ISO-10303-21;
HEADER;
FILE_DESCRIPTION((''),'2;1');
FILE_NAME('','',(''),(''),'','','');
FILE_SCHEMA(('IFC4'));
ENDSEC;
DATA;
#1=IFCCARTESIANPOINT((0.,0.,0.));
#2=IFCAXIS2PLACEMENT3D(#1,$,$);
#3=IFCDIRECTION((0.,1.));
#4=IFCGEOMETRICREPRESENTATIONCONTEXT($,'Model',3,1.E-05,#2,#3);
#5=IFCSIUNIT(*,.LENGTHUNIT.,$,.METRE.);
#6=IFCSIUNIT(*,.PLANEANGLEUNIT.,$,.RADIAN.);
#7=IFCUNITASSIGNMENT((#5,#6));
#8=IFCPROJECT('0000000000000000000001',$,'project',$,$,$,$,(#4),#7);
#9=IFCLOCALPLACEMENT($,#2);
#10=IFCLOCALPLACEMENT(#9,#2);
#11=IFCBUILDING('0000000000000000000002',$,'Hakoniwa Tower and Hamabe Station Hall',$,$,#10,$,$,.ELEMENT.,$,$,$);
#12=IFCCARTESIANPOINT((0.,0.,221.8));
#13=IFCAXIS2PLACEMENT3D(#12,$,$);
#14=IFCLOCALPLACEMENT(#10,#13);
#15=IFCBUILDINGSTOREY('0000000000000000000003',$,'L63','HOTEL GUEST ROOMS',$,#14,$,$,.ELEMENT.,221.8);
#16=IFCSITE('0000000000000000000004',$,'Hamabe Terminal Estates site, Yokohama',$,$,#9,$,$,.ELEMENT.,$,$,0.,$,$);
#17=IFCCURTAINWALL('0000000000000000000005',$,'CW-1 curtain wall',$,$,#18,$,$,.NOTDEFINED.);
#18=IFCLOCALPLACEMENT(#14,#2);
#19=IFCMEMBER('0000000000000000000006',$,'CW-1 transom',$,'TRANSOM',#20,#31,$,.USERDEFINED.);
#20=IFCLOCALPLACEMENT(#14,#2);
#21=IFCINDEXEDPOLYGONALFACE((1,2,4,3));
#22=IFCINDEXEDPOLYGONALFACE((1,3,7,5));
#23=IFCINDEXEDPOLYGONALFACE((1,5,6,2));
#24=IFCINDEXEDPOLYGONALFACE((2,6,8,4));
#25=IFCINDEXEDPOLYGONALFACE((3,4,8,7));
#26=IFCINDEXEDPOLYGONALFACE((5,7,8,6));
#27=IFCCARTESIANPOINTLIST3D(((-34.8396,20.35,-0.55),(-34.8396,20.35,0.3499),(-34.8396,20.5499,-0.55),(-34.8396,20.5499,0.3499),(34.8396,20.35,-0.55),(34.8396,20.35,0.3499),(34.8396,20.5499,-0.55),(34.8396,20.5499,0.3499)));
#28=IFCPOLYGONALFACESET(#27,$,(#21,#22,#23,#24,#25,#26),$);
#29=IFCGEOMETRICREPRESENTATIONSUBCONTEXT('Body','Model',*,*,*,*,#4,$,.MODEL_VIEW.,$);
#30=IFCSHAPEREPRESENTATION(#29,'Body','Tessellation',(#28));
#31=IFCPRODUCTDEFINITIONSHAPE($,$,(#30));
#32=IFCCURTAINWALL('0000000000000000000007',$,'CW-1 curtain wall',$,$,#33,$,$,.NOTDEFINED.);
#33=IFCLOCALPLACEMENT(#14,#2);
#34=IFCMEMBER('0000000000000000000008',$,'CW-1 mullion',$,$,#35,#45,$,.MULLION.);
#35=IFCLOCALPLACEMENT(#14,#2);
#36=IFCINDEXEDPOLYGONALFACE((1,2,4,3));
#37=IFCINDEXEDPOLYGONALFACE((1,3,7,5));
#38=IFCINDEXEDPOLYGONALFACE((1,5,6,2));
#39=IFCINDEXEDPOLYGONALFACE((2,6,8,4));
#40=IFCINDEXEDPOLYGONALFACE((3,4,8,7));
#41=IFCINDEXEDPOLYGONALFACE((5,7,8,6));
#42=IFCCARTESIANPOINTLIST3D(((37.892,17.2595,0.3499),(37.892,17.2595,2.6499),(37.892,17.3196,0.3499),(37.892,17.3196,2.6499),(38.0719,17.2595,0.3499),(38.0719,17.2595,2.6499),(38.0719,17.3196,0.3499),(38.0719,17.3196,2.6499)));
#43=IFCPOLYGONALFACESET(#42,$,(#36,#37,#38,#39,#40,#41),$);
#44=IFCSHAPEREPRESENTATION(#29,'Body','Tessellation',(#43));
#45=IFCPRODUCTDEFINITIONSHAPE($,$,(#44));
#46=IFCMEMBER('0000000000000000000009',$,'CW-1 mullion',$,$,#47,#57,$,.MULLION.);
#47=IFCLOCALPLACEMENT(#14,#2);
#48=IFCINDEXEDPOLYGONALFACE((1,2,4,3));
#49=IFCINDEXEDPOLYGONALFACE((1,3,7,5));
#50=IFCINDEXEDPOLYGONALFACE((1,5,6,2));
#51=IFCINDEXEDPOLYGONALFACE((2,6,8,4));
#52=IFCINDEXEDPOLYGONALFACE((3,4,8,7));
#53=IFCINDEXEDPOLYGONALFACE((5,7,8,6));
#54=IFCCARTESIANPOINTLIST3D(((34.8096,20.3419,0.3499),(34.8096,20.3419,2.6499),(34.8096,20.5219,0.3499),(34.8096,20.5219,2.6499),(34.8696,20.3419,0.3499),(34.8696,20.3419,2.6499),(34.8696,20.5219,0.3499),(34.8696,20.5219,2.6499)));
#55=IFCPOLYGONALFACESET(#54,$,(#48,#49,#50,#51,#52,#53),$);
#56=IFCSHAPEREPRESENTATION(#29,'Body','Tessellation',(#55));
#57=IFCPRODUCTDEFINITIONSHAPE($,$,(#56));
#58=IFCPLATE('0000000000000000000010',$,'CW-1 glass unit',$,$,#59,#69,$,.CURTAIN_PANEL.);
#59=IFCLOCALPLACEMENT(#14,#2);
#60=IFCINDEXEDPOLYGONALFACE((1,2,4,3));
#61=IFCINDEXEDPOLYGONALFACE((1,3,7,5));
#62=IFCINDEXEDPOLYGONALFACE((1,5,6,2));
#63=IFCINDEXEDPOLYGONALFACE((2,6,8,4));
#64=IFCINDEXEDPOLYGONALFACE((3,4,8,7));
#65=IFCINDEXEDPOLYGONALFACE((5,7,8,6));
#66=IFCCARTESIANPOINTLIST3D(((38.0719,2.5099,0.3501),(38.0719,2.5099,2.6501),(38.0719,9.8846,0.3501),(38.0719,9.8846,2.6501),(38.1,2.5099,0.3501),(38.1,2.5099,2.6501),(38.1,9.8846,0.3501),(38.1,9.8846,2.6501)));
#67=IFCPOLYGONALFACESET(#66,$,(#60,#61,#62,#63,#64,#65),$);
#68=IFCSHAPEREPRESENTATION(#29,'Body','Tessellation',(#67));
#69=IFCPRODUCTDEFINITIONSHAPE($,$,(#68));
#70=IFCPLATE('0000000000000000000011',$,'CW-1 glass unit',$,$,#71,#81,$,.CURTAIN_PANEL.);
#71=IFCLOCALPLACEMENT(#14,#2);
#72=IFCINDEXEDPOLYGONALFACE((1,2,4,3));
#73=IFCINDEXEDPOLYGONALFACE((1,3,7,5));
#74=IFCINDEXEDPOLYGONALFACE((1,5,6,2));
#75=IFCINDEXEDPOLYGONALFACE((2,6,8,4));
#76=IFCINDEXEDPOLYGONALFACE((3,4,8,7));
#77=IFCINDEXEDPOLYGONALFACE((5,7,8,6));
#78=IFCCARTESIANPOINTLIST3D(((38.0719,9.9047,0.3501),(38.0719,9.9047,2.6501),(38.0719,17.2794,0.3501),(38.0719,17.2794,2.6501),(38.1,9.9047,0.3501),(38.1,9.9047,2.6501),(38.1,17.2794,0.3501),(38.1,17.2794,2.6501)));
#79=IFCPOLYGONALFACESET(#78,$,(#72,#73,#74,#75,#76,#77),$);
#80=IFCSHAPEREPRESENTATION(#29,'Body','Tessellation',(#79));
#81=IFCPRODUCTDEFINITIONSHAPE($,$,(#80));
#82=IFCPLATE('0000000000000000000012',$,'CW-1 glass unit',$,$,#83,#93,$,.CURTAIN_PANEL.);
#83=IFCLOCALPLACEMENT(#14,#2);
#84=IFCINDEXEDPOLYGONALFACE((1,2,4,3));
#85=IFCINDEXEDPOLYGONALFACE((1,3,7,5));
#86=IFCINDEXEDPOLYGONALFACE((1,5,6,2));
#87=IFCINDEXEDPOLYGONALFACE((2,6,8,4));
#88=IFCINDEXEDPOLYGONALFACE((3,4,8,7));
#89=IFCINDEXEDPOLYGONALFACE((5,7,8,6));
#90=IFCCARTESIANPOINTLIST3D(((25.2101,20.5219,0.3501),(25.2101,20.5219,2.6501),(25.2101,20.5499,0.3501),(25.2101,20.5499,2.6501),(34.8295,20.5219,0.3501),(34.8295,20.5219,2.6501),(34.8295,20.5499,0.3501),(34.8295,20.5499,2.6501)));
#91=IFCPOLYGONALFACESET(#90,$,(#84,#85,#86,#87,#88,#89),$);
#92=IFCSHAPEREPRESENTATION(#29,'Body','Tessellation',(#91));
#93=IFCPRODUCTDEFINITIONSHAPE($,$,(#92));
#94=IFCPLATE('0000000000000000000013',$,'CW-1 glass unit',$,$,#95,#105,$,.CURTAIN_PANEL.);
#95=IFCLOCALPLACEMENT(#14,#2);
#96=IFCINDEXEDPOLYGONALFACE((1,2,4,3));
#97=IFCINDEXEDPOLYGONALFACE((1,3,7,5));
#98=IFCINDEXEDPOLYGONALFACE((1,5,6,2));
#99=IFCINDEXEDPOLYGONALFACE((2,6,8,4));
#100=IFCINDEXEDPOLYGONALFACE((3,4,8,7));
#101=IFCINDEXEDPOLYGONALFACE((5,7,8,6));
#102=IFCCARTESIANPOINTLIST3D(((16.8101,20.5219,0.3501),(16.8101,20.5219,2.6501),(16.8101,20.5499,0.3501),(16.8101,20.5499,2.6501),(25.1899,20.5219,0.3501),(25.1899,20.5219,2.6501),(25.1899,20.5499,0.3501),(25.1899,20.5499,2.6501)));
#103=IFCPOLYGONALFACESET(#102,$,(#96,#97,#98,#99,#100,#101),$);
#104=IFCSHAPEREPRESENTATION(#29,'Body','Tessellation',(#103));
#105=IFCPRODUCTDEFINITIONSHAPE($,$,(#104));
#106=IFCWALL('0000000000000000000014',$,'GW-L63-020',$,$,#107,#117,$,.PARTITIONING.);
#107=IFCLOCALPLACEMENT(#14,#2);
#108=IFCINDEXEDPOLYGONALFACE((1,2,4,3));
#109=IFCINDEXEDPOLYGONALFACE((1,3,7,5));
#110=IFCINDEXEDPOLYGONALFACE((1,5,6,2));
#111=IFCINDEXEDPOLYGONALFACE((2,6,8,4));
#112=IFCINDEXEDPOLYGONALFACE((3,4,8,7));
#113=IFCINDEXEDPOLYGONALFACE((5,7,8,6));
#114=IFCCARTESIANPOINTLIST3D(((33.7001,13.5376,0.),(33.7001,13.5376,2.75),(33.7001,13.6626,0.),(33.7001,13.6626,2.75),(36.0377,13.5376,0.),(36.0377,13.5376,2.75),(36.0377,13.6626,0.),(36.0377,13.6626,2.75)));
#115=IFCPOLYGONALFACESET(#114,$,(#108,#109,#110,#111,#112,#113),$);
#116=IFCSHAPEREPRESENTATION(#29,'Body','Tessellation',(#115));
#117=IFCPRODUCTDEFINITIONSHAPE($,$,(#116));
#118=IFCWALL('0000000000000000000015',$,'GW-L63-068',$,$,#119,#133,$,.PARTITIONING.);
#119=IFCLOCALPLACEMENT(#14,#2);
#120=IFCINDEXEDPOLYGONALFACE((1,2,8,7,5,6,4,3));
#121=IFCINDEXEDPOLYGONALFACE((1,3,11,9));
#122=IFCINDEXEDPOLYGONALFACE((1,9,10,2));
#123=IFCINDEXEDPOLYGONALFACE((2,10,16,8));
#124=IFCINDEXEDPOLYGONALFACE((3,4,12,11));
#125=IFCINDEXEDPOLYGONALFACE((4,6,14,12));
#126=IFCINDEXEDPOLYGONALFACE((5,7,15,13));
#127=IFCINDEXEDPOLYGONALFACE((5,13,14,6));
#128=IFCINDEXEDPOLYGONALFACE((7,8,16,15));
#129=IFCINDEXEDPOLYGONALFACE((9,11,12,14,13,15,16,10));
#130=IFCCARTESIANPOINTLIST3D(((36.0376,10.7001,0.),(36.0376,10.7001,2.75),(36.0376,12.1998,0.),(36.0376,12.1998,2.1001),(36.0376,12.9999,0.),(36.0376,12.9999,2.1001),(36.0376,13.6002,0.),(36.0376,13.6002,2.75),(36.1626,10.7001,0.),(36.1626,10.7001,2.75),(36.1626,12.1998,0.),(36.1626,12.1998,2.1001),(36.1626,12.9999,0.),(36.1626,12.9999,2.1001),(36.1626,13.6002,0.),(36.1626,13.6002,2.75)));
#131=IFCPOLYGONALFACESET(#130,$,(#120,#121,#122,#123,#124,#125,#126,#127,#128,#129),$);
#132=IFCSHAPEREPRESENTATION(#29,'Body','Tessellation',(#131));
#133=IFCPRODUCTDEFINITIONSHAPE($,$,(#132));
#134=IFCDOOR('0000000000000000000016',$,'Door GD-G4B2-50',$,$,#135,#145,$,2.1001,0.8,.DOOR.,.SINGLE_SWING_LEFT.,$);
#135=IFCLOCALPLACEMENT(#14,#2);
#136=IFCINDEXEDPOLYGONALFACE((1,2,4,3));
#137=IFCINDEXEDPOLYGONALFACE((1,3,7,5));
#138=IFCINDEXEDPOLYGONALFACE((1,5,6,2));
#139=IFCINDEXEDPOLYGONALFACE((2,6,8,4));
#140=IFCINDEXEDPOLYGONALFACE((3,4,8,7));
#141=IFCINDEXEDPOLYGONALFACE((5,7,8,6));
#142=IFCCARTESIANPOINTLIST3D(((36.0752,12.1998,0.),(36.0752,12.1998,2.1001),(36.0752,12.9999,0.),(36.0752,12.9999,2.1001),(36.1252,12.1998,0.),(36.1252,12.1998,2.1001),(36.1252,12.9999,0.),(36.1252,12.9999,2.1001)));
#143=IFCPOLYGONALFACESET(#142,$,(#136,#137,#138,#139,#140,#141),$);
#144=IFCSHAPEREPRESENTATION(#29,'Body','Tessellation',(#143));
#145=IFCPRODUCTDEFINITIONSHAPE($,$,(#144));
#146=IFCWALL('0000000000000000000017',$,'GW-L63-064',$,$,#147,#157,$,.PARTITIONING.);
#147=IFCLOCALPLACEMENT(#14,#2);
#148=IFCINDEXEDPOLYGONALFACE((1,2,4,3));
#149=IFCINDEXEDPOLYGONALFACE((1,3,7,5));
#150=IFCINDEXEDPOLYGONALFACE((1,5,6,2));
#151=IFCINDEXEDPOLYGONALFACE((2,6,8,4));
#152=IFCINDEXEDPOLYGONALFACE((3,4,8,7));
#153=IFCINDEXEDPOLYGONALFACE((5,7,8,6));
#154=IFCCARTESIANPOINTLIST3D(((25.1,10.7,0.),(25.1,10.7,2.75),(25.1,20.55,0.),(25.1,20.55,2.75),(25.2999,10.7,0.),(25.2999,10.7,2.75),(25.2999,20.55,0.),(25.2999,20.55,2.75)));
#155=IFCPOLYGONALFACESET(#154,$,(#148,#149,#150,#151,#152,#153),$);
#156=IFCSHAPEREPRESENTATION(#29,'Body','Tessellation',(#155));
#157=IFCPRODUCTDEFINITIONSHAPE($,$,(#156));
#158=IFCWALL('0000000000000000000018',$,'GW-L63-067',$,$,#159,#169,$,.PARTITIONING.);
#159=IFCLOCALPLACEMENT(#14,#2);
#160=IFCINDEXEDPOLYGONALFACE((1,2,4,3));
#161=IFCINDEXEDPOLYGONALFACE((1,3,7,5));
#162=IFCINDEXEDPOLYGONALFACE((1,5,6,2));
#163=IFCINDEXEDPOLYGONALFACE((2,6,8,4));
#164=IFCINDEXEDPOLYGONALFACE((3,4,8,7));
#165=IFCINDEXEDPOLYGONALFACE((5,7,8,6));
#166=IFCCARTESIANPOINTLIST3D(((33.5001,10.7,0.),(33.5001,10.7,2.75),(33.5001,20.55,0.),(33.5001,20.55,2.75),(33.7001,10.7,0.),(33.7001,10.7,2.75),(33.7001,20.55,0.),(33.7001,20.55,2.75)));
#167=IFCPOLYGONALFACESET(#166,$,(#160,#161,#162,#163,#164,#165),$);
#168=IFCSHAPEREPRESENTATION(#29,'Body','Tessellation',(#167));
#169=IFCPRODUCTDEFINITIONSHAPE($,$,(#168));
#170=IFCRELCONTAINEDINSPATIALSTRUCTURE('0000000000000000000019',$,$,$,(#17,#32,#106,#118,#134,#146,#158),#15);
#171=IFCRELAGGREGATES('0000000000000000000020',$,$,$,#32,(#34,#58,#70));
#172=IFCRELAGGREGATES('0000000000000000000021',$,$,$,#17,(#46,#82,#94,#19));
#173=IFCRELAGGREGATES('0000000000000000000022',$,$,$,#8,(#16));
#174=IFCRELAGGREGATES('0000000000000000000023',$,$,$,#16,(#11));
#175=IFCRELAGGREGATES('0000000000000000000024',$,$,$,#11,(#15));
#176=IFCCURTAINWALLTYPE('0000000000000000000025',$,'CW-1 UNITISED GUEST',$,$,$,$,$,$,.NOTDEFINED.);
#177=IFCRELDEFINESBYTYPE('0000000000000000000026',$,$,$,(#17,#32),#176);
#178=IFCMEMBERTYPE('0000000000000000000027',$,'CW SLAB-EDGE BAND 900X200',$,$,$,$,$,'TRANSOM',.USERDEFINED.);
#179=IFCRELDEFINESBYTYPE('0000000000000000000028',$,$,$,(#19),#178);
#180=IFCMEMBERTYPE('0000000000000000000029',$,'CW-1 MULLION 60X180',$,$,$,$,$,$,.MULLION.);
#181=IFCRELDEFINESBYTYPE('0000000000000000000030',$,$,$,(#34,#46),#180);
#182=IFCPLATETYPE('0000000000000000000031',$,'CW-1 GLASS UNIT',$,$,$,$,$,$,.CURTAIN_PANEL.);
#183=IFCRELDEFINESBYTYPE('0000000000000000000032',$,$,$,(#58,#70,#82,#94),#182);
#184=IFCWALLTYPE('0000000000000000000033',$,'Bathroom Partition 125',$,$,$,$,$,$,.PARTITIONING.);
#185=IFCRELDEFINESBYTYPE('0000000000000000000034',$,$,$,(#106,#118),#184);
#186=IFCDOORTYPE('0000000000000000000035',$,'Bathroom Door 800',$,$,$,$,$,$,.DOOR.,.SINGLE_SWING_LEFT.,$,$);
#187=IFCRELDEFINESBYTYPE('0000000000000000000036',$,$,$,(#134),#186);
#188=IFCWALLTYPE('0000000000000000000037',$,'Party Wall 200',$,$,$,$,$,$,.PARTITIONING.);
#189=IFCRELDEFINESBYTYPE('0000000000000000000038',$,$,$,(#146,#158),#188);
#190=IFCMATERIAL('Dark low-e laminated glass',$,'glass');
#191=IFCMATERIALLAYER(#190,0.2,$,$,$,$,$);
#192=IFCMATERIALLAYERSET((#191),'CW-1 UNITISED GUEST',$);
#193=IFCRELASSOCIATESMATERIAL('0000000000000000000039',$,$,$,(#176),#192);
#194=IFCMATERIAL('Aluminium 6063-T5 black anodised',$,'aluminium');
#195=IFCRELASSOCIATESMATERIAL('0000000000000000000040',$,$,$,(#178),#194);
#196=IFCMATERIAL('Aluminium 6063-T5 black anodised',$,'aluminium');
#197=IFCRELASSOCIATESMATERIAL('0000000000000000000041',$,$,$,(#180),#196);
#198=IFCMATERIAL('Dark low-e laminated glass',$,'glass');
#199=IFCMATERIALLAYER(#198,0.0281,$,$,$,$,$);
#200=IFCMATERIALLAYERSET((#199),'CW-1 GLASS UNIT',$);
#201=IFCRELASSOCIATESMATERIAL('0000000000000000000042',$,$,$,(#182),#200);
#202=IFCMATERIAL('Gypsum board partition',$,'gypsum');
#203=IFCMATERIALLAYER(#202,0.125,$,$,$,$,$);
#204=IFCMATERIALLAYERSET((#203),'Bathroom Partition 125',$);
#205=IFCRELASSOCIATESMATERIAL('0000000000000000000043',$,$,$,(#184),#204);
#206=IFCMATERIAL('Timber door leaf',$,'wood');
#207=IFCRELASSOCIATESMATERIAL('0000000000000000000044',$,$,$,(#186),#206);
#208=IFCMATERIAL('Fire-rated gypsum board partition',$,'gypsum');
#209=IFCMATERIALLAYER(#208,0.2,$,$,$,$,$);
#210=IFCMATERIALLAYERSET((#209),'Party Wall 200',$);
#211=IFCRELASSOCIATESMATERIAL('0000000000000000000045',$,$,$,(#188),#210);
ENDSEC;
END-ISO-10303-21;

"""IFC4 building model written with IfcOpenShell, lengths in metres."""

from ifc_helpers import new_model, si_unit, direction, frame, frame_2d, origin, origin_2d, place, context, subcontext, project, spatial, rectangle, extrude, material, layer, layer_set, material_profile, profile_set, type_object, element, fill, aggregate, save


model = new_model("IFC4")

# Units and contexts
model_context = context("Model", 3, precision=1e-05, world=origin(), true_north=direction((0.0, 1.0)))
body_context = subcontext(model_context, "Body", "Model", "MODEL_VIEW")
ifc_project = project(units=[si_unit("LENGTHUNIT", "METRE"), si_unit("PLANEANGLEUNIT", "RADIAN")], contexts=[model_context])

# Site, building, storey
site_placement = place(None, origin())
site = spatial("IfcSite", under=ifc_project, at=site_placement, Name="Hamabe Terminal Estates site, Yokohama", CompositionType="ELEMENT", RefElevation=0.0)
building_placement = place(site_placement, origin())
building = spatial("IfcBuilding", under=site, at=building_placement, Name="Hakoniwa Tower and Hamabe Station Hall", CompositionType="ELEMENT")
storey_placement = place(building_placement, frame((0.0, 0.0, 221.8)))
storey = spatial("IfcBuildingStorey", under=building, at=storey_placement, Name="L63", Description="HOTEL GUEST ROOMS", CompositionType="ELEMENT", Elevation=221.8)

# Curtain walls, members
ifc_material_1 = material(Name="Dark low-e laminated glass", Category="glass")
ifc_layer_1 = layer(ifc_material_1, 0.2)
ifc_layer_set_1 = layer_set([ifc_layer_1], Name="CW-1 UNITISED GUEST")
curtain_wall_type = type_object("IfcCurtainWallType", Name="CW-1 UNITISED GUEST", PredefinedType="NOTDEFINED", material=ifc_layer_set_1)
curtain_wall_1_placement = place(storey_placement, origin())
curtain_wall_1 = element("IfcCurtainWall", 1, at=curtain_wall_1_placement, inside=storey, type_object=curtain_wall_type, Name="CW-1 curtain wall", PredefinedType="NOTDEFINED")
ifc_material_2 = material(Name="Aluminium 6063-T5 black anodised", Category="aluminium")
ifc_material_profile_1 = material_profile(ifc_material_2, rectangle(XDim=0.2, YDim=0.8999, at=origin_2d()), Name="CW SLAB-EDGE BAND 900X200")
ifc_profile_set_1 = profile_set([ifc_material_profile_1], Name="Aluminium 6063-T5 black anodised")
member_type_1 = type_object("IfcMemberType", Name="CW SLAB-EDGE BAND 900X200", ElementType="TRANSOM", PredefinedType="USERDEFINED", material=ifc_profile_set_1)
member_1_placement = place(storey_placement, frame((34.8396, 20.45, -0.1001), z_axis=(-1.0, 0.0, 0.0), x_axis=(0.0, -1.0, 0.0)))
member_1 = element("IfcMember", 2, at=member_1_placement, type_object=member_type_1, Name="CW-1 transom", ObjectType="TRANSOM", PredefinedType="USERDEFINED", context=body_context, shape_type="SweptSolid", body=[
    extrude(rectangle(XDim=0.2, YDim=0.8999, at=origin_2d()), origin(), (0.0, 0.0, 1.0), 69.6792),
])
curtain_wall_2_placement = place(storey_placement, origin())
curtain_wall_2 = element("IfcCurtainWall", 3, at=curtain_wall_2_placement, inside=storey, type_object=curtain_wall_type, Name="CW-1 curtain wall", PredefinedType="NOTDEFINED")
ifc_material_3 = material(Name="Aluminium 6063-T5 black anodised", Category="aluminium")
ifc_material_profile_2 = material_profile(ifc_material_3, rectangle(XDim=0.0601, YDim=0.1799, at=origin_2d()), Name="CW-1 MULLION 60X180")
ifc_profile_set_2 = profile_set([ifc_material_profile_2], Name="Aluminium 6063-T5 black anodised")
member_type_2 = type_object("IfcMemberType", Name="CW-1 MULLION 60X180", PredefinedType="MULLION", material=ifc_profile_set_2)
member_2_placement = place(storey_placement, frame((37.9819, 17.2896, 0.3499), z_axis=(0.0, 0.0, 1.0), x_axis=(0.0, 1.0, 0.0)))
member_2 = element("IfcMember", 4, at=member_2_placement, type_object=member_type_2, Name="CW-1 mullion", PredefinedType="MULLION", context=body_context, shape_type="SweptSolid", body=[
    extrude(rectangle(XDim=0.0601, YDim=0.1799, at=origin_2d()), origin(), (0.0, 0.0, 1.0), 2.3),
])

# Member
member_3_placement = place(storey_placement, frame((34.8396, 20.4319, 0.3499), z_axis=(0.0, 0.0, 1.0), x_axis=(-1.0, 0.0, 0.0)))
member_3 = element("IfcMember", 5, at=member_3_placement, type_object=member_type_2, Name="CW-1 mullion", PredefinedType="MULLION", context=body_context, shape_type="SweptSolid", body=[
    extrude(rectangle(XDim=0.0601, YDim=0.1799, at=origin_2d()), origin(), (0.0, 0.0, 1.0), 2.3),
])

# Plates
ifc_material_4 = material(Name="Dark low-e laminated glass", Category="glass")
ifc_layer_2 = layer(ifc_material_4, 0.0281)
ifc_layer_set_2 = layer_set([ifc_layer_2], Name="CW-1 GLASS UNIT")
plate_type = type_object("IfcPlateType", Name="CW-1 GLASS UNIT", PredefinedType="CURTAIN_PANEL", material=ifc_layer_set_2)
plate_1_placement = place(storey_placement, frame((38.0859, 6.1973, 0.3501), z_axis=(0.0, 0.0, 1.0), x_axis=(0.0, 1.0, 0.0)))
plate_1 = element("IfcPlate", 6, at=plate_1_placement, type_object=plate_type, Name="CW-1 glass unit", PredefinedType="CURTAIN_PANEL", context=body_context, shape_type="SweptSolid", body=[
    extrude(rectangle(XDim=7.3748, YDim=0.0281, at=origin_2d()), origin(), (0.0, 0.0, 1.0), 2.3),
])
plate_2_placement = place(storey_placement, frame((38.0859, 13.592, 0.3501), z_axis=(0.0, 0.0, 1.0), x_axis=(0.0, 1.0, 0.0)))
plate_2 = element("IfcPlate", 7, at=plate_2_placement, type_object=plate_type, Name="CW-1 glass unit", PredefinedType="CURTAIN_PANEL", context=body_context, shape_type="SweptSolid", body=[
    extrude(rectangle(XDim=7.3748, YDim=0.0281, at=origin_2d()), origin(), (0.0, 0.0, 1.0), 2.3),
])
aggregate(curtain_wall_2, [member_2, plate_1, plate_2])
plate_3_placement = place(storey_placement, frame((30.0198, 20.5359, 0.3501), z_axis=(0.0, 0.0, 1.0), x_axis=(-1.0, 0.0, 0.0)))
plate_3 = element("IfcPlate", 8, at=plate_3_placement, type_object=plate_type, Name="CW-1 glass unit", PredefinedType="CURTAIN_PANEL", context=body_context, shape_type="SweptSolid", body=[
    extrude(rectangle(XDim=9.6194, YDim=0.0281, at=origin_2d()), origin(), (0.0, 0.0, 1.0), 2.3),
])
plate_4_placement = place(storey_placement, frame((21.0, 20.5359, 0.3501), z_axis=(0.0, 0.0, 1.0), x_axis=(-1.0, 0.0, 0.0)))
plate_4 = element("IfcPlate", 9, at=plate_4_placement, type_object=plate_type, Name="CW-1 glass unit", PredefinedType="CURTAIN_PANEL", context=body_context, shape_type="SweptSolid", body=[
    extrude(rectangle(XDim=8.3799, YDim=0.0281, at=origin_2d()), origin(), (0.0, 0.0, 1.0), 2.3),
])
aggregate(curtain_wall_1, [member_3, plate_3, plate_4, member_1])

# Wall
ifc_material_5 = material(Name="Gypsum board partition", Category="gypsum")
ifc_layer_3 = layer(ifc_material_5, 0.125)
ifc_layer_set_3 = layer_set([ifc_layer_3], Name="Bathroom Partition 125")
wall_type_1 = type_object("IfcWallType", Name="Bathroom Partition 125", PredefinedType="PARTITIONING", material=ifc_layer_set_3)
wall_1_placement = place(storey_placement, frame((33.7, 13.6001, 0.0), z_axis=(0.0, 0.0, 1.0), x_axis=(1.0, 0.0, 0.0)))
element("IfcWall", 10, at=wall_1_placement, inside=storey, type_object=wall_type_1, Name="GW-L63-020", PredefinedType="PARTITIONING", context=body_context, shape_type="SweptSolid", body=[
    extrude(rectangle(XDim=2.3376, YDim=0.125, at=frame_2d((1.1689, 0.0))), origin(), (0.0, 0.0, 1.0), 2.75),
])

# Wall, opening, door
wall_2_placement = place(storey_placement, frame((36.1001, 10.7, 0.0), z_axis=(0.0, 0.0, 1.0), x_axis=(0.0, 1.0, 0.0)))
wall_2 = element("IfcWall", 11, at=wall_2_placement, inside=storey, type_object=wall_type_1, Name="GW-L63-068", PredefinedType="PARTITIONING", context=body_context, shape_type="SweptSolid", body=[
    extrude(rectangle(XDim=2.9001, YDim=0.125, at=frame_2d((1.4502, 0.0))), origin(), (0.0, 0.0, 1.0), 2.75),
])
opening_placement = place(wall_2_placement, frame((1.5, 0.0, 0.0)))
opening = element("IfcOpeningElement", 12, at=opening_placement, cuts=wall_2, PredefinedType="OPENING", context=body_context, shape_type="SweptSolid", body=[
    extrude(rectangle(XDim=0.8, YDim=2.1001, at=frame_2d((0.3999, 1.05))), frame((0.0, 0.0725, 0.0), z_axis=(0.0, -1.0, 0.0), x_axis=(1.0, 0.0, 0.0)), (0.0, 0.0, 1.0), 0.145),
])
ifc_material_6 = material(Name="Timber door leaf", Category="wood")
door_type = type_object("IfcDoorType", Name="Bathroom Door 800", OperationType="SINGLE_SWING_LEFT", PredefinedType="DOOR", material=ifc_material_6)
door_placement = place(opening_placement, origin())
door = element("IfcDoor", 13, at=door_placement, inside=storey, type_object=door_type, Name="Door GD-G4B2-50", OperationType="SINGLE_SWING_LEFT", OverallHeight=2.1001, OverallWidth=0.8, PredefinedType="DOOR", context=body_context, shape_type="SweptSolid", body=[
    extrude(rectangle(XDim=0.8, YDim=2.1001, at=frame_2d((0.3999, 1.05))), frame((0.0, 0.0249, 0.0), z_axis=(0.0, -1.0, 0.0), x_axis=(1.0, 0.0, 0.0)), (0.0, 0.0, 1.0), 0.05),
])
fill(opening, door)

# Walls
ifc_material_7 = material(Name="Fire-rated gypsum board partition", Category="gypsum")
ifc_layer_4 = layer(ifc_material_7, 0.2)
ifc_layer_set_4 = layer_set([ifc_layer_4], Name="Party Wall 200")
wall_type_2 = type_object("IfcWallType", Name="Party Wall 200", PredefinedType="PARTITIONING", material=ifc_layer_set_4)
for number, where, z_axis, x_axis, name in (
    (14, (25.2, 10.7, 0.0), (0.0, 0.0, 1.0), (0.0, 1.0, 0.0), "GW-L63-064"),
    (15, (33.6001, 10.7, 0.0), (0.0, 0.0, 1.0), (0.0, 1.0, 0.0), "GW-L63-067"),
):
    element("IfcWall", number, at=place(storey_placement, frame(where, z_axis=z_axis, x_axis=x_axis)), inside=storey, type_object=wall_type_2, Name=name, PredefinedType="PARTITIONING", context=body_context, shape_type="SweptSolid", body=[
        extrude(rectangle(XDim=9.8501, YDim=0.2, at=frame_2d((4.925, 0.0))), origin(), (0.0, 0.0, 1.0), 2.75),
    ])

save(model, "model.ifc")
